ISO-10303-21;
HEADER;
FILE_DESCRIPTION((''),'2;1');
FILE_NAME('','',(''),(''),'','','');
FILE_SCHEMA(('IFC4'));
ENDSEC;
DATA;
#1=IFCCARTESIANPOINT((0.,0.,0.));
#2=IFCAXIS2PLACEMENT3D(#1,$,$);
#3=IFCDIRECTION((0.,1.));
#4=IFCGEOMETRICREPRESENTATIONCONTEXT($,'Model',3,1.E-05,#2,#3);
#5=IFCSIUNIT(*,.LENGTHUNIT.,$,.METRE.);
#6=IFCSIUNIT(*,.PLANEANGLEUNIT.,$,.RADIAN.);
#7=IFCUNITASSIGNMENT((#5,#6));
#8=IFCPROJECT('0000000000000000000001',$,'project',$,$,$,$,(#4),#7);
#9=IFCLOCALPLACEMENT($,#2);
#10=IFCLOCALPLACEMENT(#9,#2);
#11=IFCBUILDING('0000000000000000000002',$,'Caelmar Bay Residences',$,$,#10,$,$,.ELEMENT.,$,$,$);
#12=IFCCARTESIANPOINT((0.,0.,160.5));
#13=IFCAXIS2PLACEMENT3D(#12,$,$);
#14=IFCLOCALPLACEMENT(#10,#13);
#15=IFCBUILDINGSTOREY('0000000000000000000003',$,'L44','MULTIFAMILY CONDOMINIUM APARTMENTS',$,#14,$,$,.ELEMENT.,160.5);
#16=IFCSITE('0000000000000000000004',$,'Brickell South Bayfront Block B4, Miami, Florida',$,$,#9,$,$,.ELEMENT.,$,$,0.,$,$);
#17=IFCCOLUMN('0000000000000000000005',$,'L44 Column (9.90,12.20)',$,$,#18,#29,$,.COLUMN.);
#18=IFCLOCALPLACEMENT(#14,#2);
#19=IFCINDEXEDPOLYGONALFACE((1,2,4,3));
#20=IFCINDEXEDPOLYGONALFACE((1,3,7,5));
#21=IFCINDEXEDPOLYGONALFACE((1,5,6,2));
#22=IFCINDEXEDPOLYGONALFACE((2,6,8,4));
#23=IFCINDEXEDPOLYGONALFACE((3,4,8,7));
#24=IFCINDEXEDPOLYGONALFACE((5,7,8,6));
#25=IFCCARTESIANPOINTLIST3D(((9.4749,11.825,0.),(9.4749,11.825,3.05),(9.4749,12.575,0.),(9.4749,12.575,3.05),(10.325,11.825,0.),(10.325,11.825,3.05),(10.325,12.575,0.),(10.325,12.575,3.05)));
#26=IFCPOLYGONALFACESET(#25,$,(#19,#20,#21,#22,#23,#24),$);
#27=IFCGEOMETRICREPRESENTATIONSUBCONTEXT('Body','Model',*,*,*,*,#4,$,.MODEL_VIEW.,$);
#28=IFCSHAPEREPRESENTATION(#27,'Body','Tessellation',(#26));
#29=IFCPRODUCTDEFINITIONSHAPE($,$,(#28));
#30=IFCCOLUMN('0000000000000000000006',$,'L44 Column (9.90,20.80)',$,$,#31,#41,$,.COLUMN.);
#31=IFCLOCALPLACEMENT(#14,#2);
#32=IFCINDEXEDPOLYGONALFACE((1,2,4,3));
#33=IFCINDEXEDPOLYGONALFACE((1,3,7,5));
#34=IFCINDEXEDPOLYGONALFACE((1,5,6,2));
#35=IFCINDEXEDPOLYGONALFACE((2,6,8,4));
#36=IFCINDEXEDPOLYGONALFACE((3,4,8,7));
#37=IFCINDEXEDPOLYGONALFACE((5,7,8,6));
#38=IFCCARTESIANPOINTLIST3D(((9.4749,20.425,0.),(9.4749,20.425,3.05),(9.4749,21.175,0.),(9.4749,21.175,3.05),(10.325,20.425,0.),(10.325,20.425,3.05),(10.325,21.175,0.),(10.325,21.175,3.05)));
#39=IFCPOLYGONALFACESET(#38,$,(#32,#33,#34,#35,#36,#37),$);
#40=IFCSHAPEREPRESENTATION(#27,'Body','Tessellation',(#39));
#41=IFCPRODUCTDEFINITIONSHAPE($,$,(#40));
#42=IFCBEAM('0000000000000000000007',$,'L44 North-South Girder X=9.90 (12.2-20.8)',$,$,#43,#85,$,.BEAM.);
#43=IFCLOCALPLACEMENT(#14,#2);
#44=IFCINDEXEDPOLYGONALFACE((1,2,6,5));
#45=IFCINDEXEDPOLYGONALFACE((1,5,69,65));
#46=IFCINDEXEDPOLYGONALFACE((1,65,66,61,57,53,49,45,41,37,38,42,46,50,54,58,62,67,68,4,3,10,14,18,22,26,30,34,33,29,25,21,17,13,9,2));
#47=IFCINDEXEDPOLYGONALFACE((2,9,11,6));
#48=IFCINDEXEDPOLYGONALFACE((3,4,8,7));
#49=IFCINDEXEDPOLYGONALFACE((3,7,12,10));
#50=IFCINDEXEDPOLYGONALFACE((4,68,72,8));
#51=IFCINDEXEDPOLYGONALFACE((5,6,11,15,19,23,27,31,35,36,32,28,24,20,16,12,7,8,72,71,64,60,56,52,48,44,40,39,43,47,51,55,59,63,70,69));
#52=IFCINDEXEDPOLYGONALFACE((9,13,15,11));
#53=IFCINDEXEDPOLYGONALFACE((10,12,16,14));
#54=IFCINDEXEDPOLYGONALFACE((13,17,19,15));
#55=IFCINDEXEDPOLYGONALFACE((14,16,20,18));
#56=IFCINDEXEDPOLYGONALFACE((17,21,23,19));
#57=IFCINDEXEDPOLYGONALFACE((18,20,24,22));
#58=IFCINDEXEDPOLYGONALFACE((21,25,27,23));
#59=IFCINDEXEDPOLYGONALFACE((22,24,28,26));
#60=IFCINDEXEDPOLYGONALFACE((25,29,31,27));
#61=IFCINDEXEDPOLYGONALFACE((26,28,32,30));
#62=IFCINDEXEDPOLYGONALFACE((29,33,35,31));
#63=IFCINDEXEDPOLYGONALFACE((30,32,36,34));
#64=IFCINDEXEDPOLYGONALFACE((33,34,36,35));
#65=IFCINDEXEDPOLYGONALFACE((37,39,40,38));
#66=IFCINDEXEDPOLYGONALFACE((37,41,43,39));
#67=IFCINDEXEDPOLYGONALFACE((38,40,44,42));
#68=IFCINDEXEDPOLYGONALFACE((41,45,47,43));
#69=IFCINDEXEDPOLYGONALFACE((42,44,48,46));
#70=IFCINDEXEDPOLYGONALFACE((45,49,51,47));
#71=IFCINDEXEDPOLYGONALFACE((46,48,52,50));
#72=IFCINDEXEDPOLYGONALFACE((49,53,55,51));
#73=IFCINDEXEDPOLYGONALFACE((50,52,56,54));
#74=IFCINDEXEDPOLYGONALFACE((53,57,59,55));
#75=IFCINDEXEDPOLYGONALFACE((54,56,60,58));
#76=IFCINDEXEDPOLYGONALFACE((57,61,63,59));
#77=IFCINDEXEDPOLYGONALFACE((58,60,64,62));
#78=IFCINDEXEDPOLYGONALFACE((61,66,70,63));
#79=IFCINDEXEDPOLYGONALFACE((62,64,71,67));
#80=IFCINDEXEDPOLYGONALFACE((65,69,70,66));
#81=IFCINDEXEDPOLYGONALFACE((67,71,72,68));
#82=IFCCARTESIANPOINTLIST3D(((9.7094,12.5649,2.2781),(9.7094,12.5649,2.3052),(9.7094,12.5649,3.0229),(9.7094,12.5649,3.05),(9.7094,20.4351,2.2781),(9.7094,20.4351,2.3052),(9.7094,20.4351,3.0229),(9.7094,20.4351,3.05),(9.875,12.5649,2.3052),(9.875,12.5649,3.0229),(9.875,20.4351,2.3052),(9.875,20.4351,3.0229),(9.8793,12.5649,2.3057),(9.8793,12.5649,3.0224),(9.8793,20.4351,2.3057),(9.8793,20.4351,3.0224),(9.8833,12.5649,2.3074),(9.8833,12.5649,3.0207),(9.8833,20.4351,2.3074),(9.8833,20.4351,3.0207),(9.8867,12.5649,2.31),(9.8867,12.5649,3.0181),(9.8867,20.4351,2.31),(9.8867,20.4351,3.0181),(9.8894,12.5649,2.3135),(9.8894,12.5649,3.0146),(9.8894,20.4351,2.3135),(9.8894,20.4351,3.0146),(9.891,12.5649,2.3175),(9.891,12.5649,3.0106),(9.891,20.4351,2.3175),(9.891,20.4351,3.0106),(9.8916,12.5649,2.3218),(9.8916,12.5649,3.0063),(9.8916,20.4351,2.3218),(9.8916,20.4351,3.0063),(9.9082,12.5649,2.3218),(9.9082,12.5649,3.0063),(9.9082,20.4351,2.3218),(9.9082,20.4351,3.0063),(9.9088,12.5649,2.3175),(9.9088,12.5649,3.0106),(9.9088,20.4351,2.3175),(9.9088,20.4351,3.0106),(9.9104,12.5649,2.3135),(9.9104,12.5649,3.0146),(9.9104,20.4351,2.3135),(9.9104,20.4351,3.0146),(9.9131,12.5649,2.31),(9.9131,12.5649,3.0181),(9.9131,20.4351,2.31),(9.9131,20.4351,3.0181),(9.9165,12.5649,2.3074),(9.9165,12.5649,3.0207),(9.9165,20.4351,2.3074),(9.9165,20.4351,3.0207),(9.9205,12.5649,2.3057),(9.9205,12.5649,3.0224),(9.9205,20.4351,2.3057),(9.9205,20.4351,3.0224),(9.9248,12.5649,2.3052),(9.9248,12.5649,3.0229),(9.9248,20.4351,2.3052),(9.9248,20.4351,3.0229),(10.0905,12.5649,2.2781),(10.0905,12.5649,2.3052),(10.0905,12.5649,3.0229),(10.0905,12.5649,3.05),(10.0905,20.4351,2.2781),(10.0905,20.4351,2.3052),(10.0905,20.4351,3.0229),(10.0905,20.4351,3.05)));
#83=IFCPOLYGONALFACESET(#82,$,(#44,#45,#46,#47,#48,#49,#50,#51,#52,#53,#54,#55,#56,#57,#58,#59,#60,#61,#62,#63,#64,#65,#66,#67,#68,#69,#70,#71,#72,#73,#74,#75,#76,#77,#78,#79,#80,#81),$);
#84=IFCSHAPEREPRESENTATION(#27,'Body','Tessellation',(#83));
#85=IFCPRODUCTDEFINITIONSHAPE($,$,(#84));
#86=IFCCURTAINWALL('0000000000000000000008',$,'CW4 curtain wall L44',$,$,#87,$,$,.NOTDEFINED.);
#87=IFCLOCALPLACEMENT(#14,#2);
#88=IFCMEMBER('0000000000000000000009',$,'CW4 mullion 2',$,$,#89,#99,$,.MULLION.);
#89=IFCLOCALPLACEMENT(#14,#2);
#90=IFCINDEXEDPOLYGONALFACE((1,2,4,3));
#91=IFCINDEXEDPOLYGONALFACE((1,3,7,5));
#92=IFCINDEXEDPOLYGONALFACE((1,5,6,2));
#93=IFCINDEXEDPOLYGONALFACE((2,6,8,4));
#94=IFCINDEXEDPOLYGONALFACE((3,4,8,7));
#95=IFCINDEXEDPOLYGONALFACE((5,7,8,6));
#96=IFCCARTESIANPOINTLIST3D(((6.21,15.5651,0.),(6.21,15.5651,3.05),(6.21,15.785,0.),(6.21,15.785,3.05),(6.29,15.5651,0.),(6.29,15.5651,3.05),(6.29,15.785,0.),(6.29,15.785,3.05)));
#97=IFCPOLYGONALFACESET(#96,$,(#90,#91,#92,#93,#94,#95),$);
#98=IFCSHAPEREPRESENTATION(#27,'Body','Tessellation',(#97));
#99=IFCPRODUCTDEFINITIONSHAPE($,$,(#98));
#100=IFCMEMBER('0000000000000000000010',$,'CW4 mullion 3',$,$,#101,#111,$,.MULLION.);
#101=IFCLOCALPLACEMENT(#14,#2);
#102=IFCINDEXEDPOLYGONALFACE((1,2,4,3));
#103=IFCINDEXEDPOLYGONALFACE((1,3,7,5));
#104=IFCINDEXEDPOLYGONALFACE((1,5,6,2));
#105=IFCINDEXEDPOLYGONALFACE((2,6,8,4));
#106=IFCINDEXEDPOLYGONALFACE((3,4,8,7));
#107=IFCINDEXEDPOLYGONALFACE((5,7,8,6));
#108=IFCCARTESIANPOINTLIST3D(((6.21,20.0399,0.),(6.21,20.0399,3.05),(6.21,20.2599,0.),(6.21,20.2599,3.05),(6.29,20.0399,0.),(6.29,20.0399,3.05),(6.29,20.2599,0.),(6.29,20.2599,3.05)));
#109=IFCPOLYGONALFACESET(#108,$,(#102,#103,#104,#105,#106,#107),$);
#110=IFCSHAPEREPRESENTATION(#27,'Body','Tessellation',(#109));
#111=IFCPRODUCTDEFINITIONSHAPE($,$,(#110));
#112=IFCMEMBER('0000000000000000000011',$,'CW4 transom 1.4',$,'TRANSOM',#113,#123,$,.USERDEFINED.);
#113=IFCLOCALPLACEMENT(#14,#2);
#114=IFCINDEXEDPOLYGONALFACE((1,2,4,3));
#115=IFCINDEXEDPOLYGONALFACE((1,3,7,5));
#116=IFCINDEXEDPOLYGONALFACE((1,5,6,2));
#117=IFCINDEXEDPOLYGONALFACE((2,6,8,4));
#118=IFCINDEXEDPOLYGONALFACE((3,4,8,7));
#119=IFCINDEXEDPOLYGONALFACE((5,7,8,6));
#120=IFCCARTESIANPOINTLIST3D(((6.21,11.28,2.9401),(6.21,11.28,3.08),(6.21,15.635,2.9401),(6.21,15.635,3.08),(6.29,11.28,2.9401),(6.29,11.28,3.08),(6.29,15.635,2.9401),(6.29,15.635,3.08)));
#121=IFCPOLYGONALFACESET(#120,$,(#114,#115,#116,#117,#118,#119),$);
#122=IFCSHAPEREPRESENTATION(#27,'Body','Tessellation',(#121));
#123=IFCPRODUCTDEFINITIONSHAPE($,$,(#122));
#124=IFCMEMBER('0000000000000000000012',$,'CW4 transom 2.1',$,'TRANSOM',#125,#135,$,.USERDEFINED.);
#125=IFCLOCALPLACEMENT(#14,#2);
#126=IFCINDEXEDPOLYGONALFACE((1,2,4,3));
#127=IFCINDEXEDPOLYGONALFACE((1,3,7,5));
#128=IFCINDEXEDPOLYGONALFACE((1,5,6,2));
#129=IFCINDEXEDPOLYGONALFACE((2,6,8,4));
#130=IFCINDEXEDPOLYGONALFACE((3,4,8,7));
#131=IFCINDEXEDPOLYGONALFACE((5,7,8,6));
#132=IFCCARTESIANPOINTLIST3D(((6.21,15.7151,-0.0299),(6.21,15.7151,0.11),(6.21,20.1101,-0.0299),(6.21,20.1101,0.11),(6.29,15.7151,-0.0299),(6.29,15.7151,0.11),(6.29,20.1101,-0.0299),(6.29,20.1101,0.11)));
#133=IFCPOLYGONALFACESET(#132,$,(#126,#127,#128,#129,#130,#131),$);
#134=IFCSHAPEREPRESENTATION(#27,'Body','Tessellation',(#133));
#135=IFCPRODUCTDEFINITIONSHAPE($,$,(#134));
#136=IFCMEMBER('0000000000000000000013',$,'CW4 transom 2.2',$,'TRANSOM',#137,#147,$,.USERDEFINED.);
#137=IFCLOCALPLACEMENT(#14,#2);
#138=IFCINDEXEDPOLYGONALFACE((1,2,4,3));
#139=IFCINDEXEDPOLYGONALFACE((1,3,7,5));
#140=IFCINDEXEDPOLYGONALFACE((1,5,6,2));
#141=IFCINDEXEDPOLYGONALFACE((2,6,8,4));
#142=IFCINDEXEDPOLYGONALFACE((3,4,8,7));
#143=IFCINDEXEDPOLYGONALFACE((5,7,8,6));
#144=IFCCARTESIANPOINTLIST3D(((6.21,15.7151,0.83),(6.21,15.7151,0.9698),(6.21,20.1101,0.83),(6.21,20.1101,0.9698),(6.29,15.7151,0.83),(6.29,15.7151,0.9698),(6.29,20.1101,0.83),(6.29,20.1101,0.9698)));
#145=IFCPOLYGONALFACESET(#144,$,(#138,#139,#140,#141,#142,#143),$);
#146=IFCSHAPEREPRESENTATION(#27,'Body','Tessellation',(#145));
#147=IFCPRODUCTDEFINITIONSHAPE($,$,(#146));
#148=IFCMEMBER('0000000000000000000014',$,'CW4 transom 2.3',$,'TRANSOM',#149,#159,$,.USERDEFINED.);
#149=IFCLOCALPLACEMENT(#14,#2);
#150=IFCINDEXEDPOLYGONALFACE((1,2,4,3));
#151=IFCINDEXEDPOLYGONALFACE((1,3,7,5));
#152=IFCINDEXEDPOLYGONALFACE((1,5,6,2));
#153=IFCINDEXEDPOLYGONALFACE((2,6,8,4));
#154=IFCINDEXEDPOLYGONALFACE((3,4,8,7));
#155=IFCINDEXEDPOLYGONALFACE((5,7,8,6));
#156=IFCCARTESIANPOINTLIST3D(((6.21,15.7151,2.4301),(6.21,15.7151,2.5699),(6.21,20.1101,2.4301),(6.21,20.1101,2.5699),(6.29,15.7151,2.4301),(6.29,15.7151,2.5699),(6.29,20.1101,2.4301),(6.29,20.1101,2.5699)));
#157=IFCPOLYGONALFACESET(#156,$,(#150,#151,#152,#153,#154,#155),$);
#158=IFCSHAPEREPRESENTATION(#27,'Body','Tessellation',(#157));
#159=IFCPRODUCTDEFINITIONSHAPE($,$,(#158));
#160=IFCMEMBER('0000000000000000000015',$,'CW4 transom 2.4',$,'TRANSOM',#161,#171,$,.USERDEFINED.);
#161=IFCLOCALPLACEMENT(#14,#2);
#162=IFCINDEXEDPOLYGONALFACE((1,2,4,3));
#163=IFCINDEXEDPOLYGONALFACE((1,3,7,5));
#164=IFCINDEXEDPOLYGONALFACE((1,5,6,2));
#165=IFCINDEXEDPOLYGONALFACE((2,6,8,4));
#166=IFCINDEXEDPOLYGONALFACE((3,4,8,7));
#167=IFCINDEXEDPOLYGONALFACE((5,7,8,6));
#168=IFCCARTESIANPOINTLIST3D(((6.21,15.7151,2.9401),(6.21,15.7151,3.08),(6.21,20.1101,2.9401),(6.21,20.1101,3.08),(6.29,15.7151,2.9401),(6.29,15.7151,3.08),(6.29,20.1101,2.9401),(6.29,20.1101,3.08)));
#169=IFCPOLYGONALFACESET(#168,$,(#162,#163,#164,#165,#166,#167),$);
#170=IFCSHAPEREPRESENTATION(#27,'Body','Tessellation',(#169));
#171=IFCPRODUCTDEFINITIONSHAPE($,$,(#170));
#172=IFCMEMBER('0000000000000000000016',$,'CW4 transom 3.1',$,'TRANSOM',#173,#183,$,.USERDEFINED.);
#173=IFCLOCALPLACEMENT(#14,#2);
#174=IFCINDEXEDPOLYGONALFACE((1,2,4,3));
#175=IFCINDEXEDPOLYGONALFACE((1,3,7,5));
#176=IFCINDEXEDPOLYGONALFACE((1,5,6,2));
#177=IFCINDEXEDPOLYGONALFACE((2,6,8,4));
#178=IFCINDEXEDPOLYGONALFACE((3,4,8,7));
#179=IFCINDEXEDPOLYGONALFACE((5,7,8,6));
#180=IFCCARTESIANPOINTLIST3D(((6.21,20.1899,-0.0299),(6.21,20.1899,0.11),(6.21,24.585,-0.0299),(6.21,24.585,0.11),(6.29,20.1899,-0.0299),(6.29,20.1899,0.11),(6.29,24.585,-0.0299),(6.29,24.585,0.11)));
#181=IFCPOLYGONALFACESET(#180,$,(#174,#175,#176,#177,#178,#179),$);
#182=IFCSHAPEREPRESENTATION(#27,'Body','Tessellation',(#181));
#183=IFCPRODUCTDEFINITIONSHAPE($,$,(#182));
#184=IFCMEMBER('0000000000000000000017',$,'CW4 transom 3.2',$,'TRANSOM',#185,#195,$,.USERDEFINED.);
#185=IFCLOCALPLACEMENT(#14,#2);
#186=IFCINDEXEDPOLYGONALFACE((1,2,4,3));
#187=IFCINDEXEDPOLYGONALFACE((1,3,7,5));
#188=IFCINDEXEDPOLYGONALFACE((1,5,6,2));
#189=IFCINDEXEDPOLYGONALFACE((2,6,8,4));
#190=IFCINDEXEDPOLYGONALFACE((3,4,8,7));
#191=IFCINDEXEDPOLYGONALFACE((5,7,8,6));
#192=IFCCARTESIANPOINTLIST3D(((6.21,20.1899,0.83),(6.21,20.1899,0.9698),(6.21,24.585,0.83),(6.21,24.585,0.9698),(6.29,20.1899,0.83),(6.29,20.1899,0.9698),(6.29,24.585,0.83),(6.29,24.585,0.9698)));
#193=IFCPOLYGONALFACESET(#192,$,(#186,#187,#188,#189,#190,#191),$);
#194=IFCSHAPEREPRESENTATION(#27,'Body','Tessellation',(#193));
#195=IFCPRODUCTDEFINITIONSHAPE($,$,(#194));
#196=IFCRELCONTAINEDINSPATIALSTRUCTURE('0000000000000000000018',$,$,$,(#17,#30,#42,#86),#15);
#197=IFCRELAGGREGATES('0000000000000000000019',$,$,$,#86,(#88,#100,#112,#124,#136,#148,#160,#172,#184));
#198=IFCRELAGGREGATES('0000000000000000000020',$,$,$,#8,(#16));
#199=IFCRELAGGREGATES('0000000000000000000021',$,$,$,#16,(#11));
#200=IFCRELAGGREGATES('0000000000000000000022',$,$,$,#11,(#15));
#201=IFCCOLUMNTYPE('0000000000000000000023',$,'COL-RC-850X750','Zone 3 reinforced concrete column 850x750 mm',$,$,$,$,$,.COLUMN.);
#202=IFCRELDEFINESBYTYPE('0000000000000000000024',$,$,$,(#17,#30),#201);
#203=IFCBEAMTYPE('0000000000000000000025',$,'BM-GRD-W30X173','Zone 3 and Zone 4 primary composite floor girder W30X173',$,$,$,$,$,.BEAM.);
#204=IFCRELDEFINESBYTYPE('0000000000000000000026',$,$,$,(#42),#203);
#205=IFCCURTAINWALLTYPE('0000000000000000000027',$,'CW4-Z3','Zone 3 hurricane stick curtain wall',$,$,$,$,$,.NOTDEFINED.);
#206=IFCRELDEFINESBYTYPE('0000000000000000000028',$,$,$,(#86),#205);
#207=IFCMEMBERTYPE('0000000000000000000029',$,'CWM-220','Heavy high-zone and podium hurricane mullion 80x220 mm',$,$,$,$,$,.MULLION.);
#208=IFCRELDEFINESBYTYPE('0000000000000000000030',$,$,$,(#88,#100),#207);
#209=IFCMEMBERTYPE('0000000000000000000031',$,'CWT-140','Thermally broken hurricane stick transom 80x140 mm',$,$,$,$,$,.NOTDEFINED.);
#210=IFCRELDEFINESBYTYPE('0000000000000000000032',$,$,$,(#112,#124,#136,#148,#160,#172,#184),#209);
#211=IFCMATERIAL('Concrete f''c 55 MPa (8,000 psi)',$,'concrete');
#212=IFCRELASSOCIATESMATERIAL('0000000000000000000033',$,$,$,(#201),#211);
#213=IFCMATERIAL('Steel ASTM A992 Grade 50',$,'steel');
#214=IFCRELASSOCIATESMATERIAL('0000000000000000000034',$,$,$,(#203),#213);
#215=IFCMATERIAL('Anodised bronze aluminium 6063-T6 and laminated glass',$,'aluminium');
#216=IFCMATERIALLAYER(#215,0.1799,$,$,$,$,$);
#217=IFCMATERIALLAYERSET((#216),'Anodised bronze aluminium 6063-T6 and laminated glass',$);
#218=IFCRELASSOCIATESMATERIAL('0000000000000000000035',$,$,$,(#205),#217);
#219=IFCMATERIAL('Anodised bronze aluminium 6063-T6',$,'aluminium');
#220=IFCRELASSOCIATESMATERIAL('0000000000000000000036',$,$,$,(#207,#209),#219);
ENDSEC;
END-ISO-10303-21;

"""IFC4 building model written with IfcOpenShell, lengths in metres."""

from ifc_helpers import new_model, si_unit, direction, frame, origin, origin_2d, place, context, subcontext, project, spatial, rectangle, i_section, extrude, material, layer, layer_set, material_profile, profile_set, type_object, element, aggregate, save


model = new_model("IFC4")

# Units and contexts
model_context = context("Model", 3, precision=1e-05, world=origin(), true_north=direction((0.0, 1.0)))
body_context = subcontext(model_context, "Body", "Model", "MODEL_VIEW")
ifc_project = project(units=[si_unit("LENGTHUNIT", "METRE"), si_unit("PLANEANGLEUNIT", "RADIAN")], contexts=[model_context])

# Site, building, storey
site_placement = place(None, origin())
site = spatial("IfcSite", under=ifc_project, at=site_placement, Name="Brickell South Bayfront Block B4, Miami, Florida", CompositionType="ELEMENT", RefElevation=0.0)
building_placement = place(site_placement, origin())
building = spatial("IfcBuilding", under=site, at=building_placement, Name="Caelmar Bay Residences", CompositionType="ELEMENT")
storey_placement = place(building_placement, frame((0.0, 0.0, 160.5)))
storey = spatial("IfcBuildingStorey", under=building, at=storey_placement, Name="L44", Description="MULTIFAMILY CONDOMINIUM APARTMENTS", CompositionType="ELEMENT", Elevation=160.5)

# Columns
ifc_material_1 = material(Name="Concrete f'c 55 MPa (8,000 psi)", Category="concrete")
ifc_material_profile_1 = material_profile(ifc_material_1, rectangle(XDim=0.8501, YDim=0.75, at=origin_2d()), Name="RC-COL-850X750")
ifc_profile_set_1 = profile_set([ifc_material_profile_1], Name="Concrete f'c 55 MPa (8,000 psi)")
column_type = type_object("IfcColumnType", Name="COL-RC-850X750", Description="Zone 3 reinforced concrete column 850x750 mm", PredefinedType="COLUMN", material=ifc_profile_set_1)
for number, where, z_axis, x_axis, name in (
    (1, (9.8999, 12.2, 0.0), (0.0, 0.0, 1.0), (1.0, 0.0, 0.0), "L44 Column (9.90,12.20)"),
    (2, (9.8999, 20.8, 0.0), (0.0, 0.0, 1.0), (1.0, 0.0, 0.0), "L44 Column (9.90,20.80)"),
):
    element("IfcColumn", number, at=place(storey_placement, frame(where, z_axis=z_axis, x_axis=x_axis)), inside=storey, type_object=column_type, Name=name, PredefinedType="COLUMN", context=body_context, shape_type="SweptSolid", body=[
        extrude(rectangle(XDim=0.8501, YDim=0.75, at=origin_2d()), origin(), (0.0, 0.0, 1.0), 3.05),
    ])

# Beam
ifc_material_2 = material(Name="Steel ASTM A992 Grade 50", Category="steel")
ifc_material_profile_2 = material_profile(ifc_material_2, i_section(OverallWidth=0.3811, OverallDepth=0.772, WebThickness=0.0166, FlangeThickness=0.0271, FilletRadius=0.0166, at=origin_2d()), Name="W30X173")
ifc_profile_set_2 = profile_set([ifc_material_profile_2], Name="Steel ASTM A992 Grade 50")
beam_type = type_object("IfcBeamType", Name="BM-GRD-W30X173", Description="Zone 3 and Zone 4 primary composite floor girder W30X173", PredefinedType="BEAM", material=ifc_profile_set_2)
beam_placement = place(storey_placement, frame((9.8999, 12.5649, 2.6641), z_axis=(0.0, 1.0, 0.0), x_axis=(-1.0, 0.0, 0.0)))
element("IfcBeam", 3, at=beam_placement, inside=storey, type_object=beam_type, Name="L44 North-South Girder X=9.90 (12.2-20.8)", PredefinedType="BEAM", context=body_context, shape_type="SweptSolid", body=[
    extrude(i_section(OverallWidth=0.3811, OverallDepth=0.772, WebThickness=0.0166, FlangeThickness=0.0271, FilletRadius=0.0166, at=origin_2d()), origin(), (0.0, 0.0, 1.0), 7.8701),
])

# Curtain wall, members
ifc_material_3 = material(Name="Anodised bronze aluminium 6063-T6 and laminated glass", Category="aluminium")
ifc_layer_1 = layer(ifc_material_3, 0.1799)
ifc_layer_set_1 = layer_set([ifc_layer_1], Name="Anodised bronze aluminium 6063-T6 and laminated glass")
curtain_wall_type = type_object("IfcCurtainWallType", Name="CW4-Z3", Description="Zone 3 hurricane stick curtain wall", PredefinedType="NOTDEFINED", material=ifc_layer_set_1)
curtain_wall_placement = place(storey_placement, origin())
curtain_wall = element("IfcCurtainWall", 4, at=curtain_wall_placement, inside=storey, type_object=curtain_wall_type, Name="CW4 curtain wall L44", PredefinedType="NOTDEFINED")
ifc_material_4 = material(Name="Anodised bronze aluminium 6063-T6", Category="aluminium")
ifc_material_profile_3 = material_profile(ifc_material_4, rectangle(XDim=0.0801, YDim=0.22, at=origin_2d()), Name="CWM-80X220")
ifc_profile_set_3 = profile_set([ifc_material_profile_3], Name="Anodised bronze aluminium 6063-T6")
member_type_1 = type_object("IfcMemberType", Name="CWM-220", Description="Heavy high-zone and podium hurricane mullion 80x220 mm", PredefinedType="MULLION", material=ifc_profile_set_3)
member_1_placement = place(storey_placement, frame((6.25, 15.675, 0.0), z_axis=(0.0, 0.0, 1.0), x_axis=(-1.0, 0.0, 0.0)))
member_1 = element("IfcMember", 5, at=member_1_placement, type_object=member_type_1, Name="CW4 mullion 2", PredefinedType="MULLION", context=body_context, shape_type="SweptSolid", body=[
    extrude(rectangle(XDim=0.0801, YDim=0.22, at=origin_2d()), origin(), (0.0, 0.0, 1.0), 3.05),
])
member_2_placement = place(storey_placement, frame((6.25, 20.1499, 0.0), z_axis=(0.0, 0.0, 1.0), x_axis=(-1.0, 0.0, 0.0)))
member_2 = element("IfcMember", 6, at=member_2_placement, type_object=member_type_1, Name="CW4 mullion 3", PredefinedType="MULLION", context=body_context, shape_type="SweptSolid", body=[
    extrude(rectangle(XDim=0.0801, YDim=0.22, at=origin_2d()), origin(), (0.0, 0.0, 1.0), 3.05),
])
ifc_material_profile_4 = material_profile(ifc_material_4, rectangle(XDim=0.0801, YDim=0.1399, at=origin_2d()), Name="CWT-80X140")
ifc_profile_set_4 = profile_set([ifc_material_profile_4], Name="Anodised bronze aluminium 6063-T6")
member_type_2 = type_object("IfcMemberType", Name="CWT-140", Description="Thermally broken hurricane stick transom 80x140 mm", PredefinedType="NOTDEFINED", material=ifc_profile_set_4)
member_3_placement = place(storey_placement, frame((6.25, 11.28, 3.01), z_axis=(0.0, 1.0, 0.0), x_axis=(-1.0, 0.0, 0.0)))
member_3 = element("IfcMember", 7, at=member_3_placement, type_object=member_type_2, Name="CW4 transom 1.4", ObjectType="TRANSOM", PredefinedType="USERDEFINED", context=body_context, shape_type="SweptSolid", body=[
    extrude(rectangle(XDim=0.0801, YDim=0.1399, at=origin_2d()), origin(), (0.0, 0.0, 1.0), 4.355),
])
member_4_placement = place(storey_placement, frame((6.25, 15.7151, 0.04), z_axis=(0.0, 1.0, 0.0), x_axis=(-1.0, 0.0, 0.0)))
member_4 = element("IfcMember", 8, at=member_4_placement, type_object=member_type_2, Name="CW4 transom 2.1", ObjectType="TRANSOM", PredefinedType="USERDEFINED", context=body_context, shape_type="SweptSolid", body=[
    extrude(rectangle(XDim=0.0801, YDim=0.1399, at=origin_2d()), origin(), (0.0, 0.0, 1.0), 4.395),
])
member_5_placement = place(storey_placement, frame((6.25, 15.7151, 0.8999), z_axis=(0.0, 1.0, 0.0), x_axis=(-1.0, 0.0, 0.0)))
member_5 = element("IfcMember", 9, at=member_5_placement, type_object=member_type_2, Name="CW4 transom 2.2", ObjectType="TRANSOM", PredefinedType="USERDEFINED", context=body_context, shape_type="SweptSolid", body=[
    extrude(rectangle(XDim=0.0801, YDim=0.1399, at=origin_2d()), origin(), (0.0, 0.0, 1.0), 4.395),
])
member_6_placement = place(storey_placement, frame((6.25, 15.7151, 2.5), z_axis=(0.0, 1.0, 0.0), x_axis=(-1.0, 0.0, 0.0)))
member_6 = element("IfcMember", 10, at=member_6_placement, type_object=member_type_2, Name="CW4 transom 2.3", ObjectType="TRANSOM", PredefinedType="USERDEFINED", context=body_context, shape_type="SweptSolid", body=[
    extrude(rectangle(XDim=0.0801, YDim=0.1399, at=origin_2d()), origin(), (0.0, 0.0, 1.0), 4.395),
])
member_7_placement = place(storey_placement, frame((6.25, 15.7151, 3.01), z_axis=(0.0, 1.0, 0.0), x_axis=(-1.0, 0.0, 0.0)))
member_7 = element("IfcMember", 11, at=member_7_placement, type_object=member_type_2, Name="CW4 transom 2.4", ObjectType="TRANSOM", PredefinedType="USERDEFINED", context=body_context, shape_type="SweptSolid", body=[
    extrude(rectangle(XDim=0.0801, YDim=0.1399, at=origin_2d()), origin(), (0.0, 0.0, 1.0), 4.395),
])
member_8_placement = place(storey_placement, frame((6.25, 20.1899, 0.04), z_axis=(0.0, 1.0, 0.0), x_axis=(-1.0, 0.0, 0.0)))
member_8 = element("IfcMember", 12, at=member_8_placement, type_object=member_type_2, Name="CW4 transom 3.1", ObjectType="TRANSOM", PredefinedType="USERDEFINED", context=body_context, shape_type="SweptSolid", body=[
    extrude(rectangle(XDim=0.0801, YDim=0.1399, at=origin_2d()), origin(), (0.0, 0.0, 1.0), 4.395),
])
member_9_placement = place(storey_placement, frame((6.25, 20.1899, 0.8999), z_axis=(0.0, 1.0, 0.0), x_axis=(-1.0, 0.0, 0.0)))
member_9 = element("IfcMember", 13, at=member_9_placement, type_object=member_type_2, Name="CW4 transom 3.2", ObjectType="TRANSOM", PredefinedType="USERDEFINED", context=body_context, shape_type="SweptSolid", body=[
    extrude(rectangle(XDim=0.0801, YDim=0.1399, at=origin_2d()), origin(), (0.0, 0.0, 1.0), 4.395),
])
aggregate(curtain_wall, [member_1, member_2, member_3, member_4, member_5, member_6, member_7, member_8, member_9])

save(model, "model.ifc")
